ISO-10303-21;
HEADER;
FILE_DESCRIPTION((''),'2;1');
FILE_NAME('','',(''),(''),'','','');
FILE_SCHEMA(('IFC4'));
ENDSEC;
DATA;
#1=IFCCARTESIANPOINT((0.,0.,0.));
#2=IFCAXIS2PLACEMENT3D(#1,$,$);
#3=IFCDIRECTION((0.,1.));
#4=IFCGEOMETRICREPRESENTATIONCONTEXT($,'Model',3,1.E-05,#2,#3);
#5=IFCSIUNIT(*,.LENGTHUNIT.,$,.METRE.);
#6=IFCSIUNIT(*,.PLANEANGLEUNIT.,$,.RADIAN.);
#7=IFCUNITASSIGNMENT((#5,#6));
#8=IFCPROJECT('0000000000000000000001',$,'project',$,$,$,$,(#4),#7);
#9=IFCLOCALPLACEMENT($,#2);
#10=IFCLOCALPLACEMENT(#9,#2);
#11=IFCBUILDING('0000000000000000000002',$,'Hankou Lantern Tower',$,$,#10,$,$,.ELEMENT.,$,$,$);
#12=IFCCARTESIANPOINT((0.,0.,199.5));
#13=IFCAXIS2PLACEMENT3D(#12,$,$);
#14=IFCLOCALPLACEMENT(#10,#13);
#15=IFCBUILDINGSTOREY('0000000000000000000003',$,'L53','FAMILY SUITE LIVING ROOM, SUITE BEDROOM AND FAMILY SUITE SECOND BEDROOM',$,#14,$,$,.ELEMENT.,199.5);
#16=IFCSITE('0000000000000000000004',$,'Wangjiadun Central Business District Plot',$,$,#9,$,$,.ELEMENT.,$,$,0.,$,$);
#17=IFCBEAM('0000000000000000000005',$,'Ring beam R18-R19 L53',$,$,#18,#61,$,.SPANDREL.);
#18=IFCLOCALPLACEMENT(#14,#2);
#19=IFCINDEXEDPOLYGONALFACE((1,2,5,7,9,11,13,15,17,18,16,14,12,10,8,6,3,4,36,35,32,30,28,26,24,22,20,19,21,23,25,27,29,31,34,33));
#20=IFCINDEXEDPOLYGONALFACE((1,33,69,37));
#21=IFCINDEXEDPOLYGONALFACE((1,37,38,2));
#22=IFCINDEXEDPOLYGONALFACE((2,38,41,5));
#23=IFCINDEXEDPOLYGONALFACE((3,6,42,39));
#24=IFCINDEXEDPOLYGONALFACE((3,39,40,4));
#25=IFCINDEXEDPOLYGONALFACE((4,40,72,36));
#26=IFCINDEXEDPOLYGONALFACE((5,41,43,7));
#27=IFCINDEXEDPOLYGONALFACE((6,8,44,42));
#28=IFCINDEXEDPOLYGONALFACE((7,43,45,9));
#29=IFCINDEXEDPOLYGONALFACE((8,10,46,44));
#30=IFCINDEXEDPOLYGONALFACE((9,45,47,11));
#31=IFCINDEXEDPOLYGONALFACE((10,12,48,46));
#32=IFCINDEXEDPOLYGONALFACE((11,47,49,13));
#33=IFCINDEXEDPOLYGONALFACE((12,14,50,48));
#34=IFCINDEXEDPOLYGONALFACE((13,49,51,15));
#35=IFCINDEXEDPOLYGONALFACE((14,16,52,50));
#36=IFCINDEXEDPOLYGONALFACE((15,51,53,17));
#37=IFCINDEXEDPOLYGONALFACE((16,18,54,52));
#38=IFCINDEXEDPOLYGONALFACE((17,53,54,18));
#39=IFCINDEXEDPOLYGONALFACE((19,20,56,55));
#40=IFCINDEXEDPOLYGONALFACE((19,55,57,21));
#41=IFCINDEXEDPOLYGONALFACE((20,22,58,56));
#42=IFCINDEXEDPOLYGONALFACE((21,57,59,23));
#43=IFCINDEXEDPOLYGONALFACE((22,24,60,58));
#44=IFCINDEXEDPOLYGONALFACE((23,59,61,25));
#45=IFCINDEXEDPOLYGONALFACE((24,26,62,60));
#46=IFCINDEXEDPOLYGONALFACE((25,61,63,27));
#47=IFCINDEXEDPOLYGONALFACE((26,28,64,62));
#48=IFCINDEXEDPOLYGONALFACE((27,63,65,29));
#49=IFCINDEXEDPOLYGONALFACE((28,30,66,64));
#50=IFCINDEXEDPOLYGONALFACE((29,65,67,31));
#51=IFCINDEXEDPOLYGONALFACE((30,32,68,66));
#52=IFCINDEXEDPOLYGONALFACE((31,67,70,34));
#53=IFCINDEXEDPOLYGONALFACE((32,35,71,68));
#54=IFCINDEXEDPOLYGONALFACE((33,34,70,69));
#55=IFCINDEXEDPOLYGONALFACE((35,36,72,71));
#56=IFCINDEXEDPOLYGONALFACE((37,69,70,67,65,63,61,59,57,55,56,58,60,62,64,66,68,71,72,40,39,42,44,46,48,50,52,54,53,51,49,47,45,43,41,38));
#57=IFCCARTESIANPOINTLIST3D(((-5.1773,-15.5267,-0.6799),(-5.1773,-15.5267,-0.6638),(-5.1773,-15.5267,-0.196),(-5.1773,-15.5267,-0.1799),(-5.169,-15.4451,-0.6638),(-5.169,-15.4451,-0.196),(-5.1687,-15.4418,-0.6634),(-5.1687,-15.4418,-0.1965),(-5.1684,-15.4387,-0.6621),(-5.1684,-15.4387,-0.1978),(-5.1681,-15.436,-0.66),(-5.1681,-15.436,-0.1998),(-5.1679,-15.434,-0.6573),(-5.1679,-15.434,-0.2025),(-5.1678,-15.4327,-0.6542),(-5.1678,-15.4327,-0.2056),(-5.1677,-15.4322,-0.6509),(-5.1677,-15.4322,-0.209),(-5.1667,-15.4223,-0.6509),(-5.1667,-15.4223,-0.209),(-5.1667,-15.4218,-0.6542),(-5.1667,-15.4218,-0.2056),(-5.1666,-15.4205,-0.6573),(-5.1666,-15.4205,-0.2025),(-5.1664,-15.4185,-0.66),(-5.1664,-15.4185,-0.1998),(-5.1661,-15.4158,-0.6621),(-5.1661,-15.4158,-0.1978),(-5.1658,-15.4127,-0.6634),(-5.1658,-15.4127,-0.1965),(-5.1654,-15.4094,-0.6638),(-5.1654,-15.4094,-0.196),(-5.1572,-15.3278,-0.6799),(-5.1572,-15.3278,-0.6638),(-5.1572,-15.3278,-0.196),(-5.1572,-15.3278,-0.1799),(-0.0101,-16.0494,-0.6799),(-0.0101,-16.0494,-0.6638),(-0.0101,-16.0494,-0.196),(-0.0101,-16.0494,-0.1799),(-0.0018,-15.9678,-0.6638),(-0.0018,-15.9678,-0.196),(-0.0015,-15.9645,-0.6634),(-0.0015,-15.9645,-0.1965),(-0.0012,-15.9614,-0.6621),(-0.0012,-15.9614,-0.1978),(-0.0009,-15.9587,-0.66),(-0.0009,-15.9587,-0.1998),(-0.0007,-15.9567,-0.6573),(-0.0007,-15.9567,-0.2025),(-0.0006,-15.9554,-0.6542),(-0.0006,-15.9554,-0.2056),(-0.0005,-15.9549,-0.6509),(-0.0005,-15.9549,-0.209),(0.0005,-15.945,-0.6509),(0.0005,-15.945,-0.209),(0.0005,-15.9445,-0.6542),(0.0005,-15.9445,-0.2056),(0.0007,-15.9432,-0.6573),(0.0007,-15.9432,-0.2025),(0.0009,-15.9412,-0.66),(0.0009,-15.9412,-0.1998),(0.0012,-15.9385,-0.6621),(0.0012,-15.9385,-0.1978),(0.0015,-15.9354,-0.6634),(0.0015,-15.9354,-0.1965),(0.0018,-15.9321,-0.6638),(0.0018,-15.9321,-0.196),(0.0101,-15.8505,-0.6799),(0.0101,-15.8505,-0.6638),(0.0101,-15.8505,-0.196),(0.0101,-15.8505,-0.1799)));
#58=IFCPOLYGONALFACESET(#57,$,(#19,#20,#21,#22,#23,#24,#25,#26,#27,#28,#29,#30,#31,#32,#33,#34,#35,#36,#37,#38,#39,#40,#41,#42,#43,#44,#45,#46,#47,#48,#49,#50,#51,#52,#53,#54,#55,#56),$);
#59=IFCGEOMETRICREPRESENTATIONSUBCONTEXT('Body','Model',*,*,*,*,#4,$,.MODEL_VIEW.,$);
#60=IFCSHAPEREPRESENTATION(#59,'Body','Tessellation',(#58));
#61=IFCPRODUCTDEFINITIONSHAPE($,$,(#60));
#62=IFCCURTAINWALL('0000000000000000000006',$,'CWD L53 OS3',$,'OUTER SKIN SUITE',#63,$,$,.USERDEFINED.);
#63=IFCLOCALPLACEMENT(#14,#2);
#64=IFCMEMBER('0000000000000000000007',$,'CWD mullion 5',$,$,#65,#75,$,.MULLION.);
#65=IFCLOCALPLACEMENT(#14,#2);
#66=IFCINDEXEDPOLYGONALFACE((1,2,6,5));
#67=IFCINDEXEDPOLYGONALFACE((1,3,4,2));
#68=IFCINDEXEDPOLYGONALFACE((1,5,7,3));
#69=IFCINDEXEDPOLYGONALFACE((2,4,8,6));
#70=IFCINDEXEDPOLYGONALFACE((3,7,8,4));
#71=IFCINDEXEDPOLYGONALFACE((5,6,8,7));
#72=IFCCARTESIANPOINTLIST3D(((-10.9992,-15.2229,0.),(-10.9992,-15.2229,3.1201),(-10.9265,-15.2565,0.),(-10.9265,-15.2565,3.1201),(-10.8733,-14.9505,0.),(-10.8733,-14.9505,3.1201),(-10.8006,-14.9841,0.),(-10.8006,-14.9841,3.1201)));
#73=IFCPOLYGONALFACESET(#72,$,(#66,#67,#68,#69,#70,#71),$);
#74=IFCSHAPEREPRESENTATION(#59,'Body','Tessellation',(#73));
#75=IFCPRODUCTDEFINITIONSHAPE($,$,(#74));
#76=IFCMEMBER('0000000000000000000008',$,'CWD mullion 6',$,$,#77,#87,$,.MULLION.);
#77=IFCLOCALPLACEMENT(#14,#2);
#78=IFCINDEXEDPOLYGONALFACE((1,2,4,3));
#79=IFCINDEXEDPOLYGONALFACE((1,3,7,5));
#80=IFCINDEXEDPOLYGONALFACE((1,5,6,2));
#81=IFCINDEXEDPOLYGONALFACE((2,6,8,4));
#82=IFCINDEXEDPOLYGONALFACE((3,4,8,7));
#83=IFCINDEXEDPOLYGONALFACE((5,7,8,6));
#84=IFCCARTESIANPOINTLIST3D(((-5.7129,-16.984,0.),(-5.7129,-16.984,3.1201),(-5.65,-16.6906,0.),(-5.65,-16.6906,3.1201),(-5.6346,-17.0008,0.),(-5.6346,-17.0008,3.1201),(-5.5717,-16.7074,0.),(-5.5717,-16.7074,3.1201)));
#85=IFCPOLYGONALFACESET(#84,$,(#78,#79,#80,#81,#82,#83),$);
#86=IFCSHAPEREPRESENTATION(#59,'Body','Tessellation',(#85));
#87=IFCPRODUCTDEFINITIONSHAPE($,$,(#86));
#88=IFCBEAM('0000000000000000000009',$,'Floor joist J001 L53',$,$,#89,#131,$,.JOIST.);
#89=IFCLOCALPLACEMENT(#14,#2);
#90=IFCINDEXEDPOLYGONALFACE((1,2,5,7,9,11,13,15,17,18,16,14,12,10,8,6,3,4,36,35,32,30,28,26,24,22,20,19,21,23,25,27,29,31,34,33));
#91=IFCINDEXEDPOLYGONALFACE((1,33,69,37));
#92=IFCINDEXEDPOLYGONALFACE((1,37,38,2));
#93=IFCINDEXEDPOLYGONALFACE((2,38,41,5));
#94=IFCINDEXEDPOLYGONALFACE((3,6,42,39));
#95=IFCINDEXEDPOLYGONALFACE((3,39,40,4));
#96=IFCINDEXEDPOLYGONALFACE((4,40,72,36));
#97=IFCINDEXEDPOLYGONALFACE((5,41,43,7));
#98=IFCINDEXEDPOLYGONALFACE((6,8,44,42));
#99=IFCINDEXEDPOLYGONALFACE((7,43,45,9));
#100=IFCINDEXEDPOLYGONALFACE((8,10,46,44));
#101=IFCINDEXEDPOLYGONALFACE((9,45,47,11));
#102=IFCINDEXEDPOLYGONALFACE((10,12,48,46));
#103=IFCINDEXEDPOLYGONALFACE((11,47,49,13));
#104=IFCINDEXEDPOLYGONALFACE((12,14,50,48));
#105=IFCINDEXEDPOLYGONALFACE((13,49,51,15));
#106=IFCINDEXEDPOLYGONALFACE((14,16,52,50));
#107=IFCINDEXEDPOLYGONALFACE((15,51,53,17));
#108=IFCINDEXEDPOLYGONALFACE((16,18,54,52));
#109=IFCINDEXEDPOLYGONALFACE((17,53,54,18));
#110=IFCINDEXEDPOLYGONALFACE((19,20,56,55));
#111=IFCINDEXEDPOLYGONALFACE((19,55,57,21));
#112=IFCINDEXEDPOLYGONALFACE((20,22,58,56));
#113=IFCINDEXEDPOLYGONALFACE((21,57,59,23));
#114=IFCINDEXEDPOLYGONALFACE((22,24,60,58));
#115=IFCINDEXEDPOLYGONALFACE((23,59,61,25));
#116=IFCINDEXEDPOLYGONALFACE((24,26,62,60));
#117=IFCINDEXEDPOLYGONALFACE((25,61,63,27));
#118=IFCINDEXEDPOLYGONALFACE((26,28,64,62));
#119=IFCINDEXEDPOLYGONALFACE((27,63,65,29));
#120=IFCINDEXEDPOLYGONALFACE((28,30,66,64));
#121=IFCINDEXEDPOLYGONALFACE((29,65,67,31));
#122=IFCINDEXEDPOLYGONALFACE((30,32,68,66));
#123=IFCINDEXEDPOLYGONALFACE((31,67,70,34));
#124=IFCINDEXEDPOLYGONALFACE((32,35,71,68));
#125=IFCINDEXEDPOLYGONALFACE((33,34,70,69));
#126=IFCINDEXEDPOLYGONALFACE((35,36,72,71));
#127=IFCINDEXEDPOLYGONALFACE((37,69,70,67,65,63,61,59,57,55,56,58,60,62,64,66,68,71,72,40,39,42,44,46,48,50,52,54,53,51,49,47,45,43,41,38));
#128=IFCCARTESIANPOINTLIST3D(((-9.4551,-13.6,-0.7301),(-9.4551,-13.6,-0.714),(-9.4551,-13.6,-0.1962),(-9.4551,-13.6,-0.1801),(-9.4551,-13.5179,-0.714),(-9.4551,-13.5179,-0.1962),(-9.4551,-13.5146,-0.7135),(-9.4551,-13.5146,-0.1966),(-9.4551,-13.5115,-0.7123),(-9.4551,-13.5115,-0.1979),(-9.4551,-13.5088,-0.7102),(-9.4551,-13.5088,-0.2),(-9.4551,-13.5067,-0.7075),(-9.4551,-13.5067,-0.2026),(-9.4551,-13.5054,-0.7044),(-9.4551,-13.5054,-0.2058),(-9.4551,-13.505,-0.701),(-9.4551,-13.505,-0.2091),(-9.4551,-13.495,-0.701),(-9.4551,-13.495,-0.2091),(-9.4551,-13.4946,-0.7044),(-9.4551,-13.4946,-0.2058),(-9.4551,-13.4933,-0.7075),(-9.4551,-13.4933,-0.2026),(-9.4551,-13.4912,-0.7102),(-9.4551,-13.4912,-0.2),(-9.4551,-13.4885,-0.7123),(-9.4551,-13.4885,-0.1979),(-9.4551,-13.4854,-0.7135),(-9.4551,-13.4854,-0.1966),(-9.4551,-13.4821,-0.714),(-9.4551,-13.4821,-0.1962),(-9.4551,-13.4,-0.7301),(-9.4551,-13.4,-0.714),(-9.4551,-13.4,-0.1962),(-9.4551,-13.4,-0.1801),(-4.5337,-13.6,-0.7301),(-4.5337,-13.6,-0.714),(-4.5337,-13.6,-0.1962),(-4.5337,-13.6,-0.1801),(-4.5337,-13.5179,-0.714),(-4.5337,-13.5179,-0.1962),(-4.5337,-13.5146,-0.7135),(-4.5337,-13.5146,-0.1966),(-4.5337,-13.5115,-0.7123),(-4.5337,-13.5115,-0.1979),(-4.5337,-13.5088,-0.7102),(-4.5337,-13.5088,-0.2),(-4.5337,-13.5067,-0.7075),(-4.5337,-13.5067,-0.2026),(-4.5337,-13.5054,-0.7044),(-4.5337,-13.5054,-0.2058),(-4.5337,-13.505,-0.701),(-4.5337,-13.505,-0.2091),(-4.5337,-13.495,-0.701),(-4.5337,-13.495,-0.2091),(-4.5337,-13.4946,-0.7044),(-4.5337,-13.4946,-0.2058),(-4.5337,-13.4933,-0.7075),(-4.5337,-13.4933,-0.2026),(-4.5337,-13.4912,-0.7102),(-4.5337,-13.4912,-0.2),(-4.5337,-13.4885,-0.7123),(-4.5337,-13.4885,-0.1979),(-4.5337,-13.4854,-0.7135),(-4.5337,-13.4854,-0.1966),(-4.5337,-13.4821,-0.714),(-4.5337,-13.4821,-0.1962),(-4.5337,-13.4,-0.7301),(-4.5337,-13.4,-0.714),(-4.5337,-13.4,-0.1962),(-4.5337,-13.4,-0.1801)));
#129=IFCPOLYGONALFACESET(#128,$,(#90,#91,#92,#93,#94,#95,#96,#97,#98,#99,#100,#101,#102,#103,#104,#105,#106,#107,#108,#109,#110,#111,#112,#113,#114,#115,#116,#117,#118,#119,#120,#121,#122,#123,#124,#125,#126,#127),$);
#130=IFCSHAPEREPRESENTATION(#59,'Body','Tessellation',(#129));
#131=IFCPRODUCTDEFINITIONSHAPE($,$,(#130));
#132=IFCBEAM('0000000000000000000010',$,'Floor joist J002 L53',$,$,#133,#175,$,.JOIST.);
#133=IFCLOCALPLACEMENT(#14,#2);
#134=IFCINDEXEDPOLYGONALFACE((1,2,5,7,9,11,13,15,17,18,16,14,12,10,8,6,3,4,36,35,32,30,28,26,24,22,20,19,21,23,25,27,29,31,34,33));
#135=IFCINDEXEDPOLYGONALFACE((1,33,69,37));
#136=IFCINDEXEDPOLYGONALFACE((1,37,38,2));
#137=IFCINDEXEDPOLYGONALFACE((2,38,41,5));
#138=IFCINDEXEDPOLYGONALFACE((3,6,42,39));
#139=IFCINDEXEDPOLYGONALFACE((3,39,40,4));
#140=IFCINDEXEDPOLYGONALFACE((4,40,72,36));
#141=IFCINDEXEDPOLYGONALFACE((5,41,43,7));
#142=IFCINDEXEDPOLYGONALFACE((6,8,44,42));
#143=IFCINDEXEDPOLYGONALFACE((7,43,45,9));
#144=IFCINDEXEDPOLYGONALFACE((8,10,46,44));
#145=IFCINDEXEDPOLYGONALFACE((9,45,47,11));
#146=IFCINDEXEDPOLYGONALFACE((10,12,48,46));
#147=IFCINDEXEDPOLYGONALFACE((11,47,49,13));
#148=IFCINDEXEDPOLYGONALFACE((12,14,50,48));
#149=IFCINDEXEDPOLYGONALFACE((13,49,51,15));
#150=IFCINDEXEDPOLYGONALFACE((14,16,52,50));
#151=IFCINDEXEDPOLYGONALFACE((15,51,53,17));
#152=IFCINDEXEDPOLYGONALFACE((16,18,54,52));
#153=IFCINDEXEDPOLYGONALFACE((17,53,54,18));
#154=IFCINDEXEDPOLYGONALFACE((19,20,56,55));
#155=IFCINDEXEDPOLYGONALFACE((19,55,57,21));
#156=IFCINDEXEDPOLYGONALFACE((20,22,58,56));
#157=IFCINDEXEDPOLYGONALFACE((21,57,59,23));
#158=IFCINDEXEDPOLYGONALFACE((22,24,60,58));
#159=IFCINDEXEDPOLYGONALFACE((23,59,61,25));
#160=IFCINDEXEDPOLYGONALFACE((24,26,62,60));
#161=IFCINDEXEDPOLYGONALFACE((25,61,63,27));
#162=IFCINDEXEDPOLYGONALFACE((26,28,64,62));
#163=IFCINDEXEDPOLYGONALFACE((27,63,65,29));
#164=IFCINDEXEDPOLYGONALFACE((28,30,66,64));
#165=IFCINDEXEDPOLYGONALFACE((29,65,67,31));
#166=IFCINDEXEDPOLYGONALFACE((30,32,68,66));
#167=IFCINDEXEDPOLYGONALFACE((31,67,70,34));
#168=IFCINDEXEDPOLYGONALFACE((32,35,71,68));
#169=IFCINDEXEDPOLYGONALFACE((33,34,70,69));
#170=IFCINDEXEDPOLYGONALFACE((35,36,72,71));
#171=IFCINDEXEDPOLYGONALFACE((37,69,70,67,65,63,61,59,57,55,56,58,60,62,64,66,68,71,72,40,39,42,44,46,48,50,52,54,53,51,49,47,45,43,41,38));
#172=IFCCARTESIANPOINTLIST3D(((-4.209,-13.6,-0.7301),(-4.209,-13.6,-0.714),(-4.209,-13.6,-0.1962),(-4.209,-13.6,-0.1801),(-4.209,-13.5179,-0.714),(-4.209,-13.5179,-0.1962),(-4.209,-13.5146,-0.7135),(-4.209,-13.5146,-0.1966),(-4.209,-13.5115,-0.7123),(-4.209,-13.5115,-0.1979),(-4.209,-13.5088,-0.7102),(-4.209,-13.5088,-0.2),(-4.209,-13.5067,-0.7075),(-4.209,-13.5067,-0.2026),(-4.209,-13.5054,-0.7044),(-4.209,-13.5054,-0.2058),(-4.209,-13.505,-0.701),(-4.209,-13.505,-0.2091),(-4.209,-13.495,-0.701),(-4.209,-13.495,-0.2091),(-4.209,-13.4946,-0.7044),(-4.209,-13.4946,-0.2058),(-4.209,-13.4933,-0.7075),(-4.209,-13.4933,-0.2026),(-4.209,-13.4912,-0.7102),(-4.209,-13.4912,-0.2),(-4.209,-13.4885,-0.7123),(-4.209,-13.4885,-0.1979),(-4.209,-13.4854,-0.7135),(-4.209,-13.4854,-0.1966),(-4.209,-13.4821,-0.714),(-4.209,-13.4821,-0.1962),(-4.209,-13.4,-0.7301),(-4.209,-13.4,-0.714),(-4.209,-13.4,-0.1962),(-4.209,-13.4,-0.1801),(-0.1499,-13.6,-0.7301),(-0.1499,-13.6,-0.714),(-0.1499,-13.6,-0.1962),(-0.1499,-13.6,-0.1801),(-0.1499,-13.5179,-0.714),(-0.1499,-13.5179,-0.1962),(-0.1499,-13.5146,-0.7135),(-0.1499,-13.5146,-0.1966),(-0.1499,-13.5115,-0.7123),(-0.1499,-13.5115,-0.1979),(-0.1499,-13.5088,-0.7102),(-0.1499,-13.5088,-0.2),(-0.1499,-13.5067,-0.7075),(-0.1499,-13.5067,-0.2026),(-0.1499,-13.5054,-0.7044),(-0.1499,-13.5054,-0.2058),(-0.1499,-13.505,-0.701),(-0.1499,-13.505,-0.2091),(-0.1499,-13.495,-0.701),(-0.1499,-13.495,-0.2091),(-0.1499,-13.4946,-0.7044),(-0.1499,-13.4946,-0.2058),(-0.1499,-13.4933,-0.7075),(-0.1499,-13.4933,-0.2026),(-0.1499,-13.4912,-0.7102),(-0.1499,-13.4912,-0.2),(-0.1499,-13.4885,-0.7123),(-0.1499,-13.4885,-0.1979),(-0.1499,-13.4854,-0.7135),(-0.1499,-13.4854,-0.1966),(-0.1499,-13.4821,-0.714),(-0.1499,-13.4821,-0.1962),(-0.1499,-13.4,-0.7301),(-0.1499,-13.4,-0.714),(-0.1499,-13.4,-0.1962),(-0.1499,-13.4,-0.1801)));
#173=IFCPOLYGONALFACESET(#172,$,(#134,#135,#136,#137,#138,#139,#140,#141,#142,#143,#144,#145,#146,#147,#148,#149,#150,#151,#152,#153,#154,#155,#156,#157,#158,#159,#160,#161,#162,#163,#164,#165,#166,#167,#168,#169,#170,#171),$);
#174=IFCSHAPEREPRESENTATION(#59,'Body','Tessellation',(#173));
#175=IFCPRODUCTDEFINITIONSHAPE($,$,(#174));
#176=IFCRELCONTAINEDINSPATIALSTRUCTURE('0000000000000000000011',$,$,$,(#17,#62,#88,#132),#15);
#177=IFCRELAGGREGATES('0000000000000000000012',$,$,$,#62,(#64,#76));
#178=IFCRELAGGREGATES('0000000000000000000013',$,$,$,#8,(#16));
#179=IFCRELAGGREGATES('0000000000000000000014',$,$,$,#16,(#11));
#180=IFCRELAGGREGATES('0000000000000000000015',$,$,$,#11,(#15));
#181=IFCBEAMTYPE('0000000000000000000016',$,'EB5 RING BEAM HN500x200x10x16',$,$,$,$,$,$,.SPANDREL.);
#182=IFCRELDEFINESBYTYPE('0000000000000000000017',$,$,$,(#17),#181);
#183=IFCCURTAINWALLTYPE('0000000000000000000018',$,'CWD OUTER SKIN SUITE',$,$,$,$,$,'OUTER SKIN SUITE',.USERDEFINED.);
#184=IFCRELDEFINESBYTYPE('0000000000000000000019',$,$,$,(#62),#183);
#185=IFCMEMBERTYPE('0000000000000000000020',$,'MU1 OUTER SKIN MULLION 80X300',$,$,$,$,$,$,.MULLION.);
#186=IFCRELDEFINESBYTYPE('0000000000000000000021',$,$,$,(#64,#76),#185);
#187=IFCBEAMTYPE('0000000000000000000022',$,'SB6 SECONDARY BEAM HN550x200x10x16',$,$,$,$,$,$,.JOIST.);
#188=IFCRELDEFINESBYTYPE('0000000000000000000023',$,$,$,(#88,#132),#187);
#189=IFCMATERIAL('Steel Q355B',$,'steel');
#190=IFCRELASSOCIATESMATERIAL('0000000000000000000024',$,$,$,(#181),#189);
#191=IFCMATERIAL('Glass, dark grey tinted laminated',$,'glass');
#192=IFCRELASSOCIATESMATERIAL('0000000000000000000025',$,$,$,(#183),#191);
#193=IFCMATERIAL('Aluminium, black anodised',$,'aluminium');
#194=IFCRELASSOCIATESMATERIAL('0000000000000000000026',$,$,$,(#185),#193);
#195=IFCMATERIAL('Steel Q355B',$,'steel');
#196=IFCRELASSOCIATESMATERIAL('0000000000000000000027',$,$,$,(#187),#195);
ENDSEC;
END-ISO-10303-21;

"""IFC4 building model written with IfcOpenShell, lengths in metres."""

from ifc_helpers import new_model, si_unit, direction, frame, origin, origin_2d, place, context, subcontext, project, spatial, rectangle, i_section, extrude, material, material_profile, profile_set, type_object, element, aggregate, save


model = new_model("IFC4")

# Units and contexts
model_context = context("Model", 3, precision=1e-05, world=origin(), true_north=direction((0.0, 1.0)))
body_context = subcontext(model_context, "Body", "Model", "MODEL_VIEW")
ifc_project = project(units=[si_unit("LENGTHUNIT", "METRE"), si_unit("PLANEANGLEUNIT", "RADIAN")], contexts=[model_context])

# Site, building, storey
site_placement = place(None, origin())
site = spatial("IfcSite", under=ifc_project, at=site_placement, Name="Wangjiadun Central Business District Plot", CompositionType="ELEMENT", RefElevation=0.0)
building_placement = place(site_placement, origin())
building = spatial("IfcBuilding", under=site, at=building_placement, Name="Hankou Lantern Tower", CompositionType="ELEMENT")
storey_placement = place(building_placement, frame((0.0, 0.0, 199.5)))
storey = spatial("IfcBuildingStorey", under=building, at=storey_placement, Name="L53", Description="FAMILY SUITE LIVING ROOM, SUITE BEDROOM AND FAMILY SUITE SECOND BEDROOM", CompositionType="ELEMENT", Elevation=199.5)

# Beam
ifc_material_1 = material(Name="Steel Q355B", Category="steel")
ifc_material_profile_1 = material_profile(ifc_material_1, i_section(OverallWidth=0.2, OverallDepth=0.5, WebThickness=0.01, FlangeThickness=0.0161, FilletRadius=0.0129, at=origin_2d()), Name="HN500x200x10x16")
ifc_profile_set_1 = profile_set([ifc_material_profile_1], Name="Steel Q355B")
beam_type_1 = type_object("IfcBeamType", Name="EB5 RING BEAM HN500x200x10x16", PredefinedType="SPANDREL", material=ifc_profile_set_1)
beam_1_placement = place(storey_placement, frame((-5.1672, -15.4272, -0.4299), z_axis=(0.994923, -0.100644, 0.0), x_axis=(0.100644, 0.994923, 0.0)))
element("IfcBeam", 1, at=beam_1_placement, inside=storey, type_object=beam_type_1, Name="Ring beam R18-R19 L53", PredefinedType="SPANDREL", context=body_context, shape_type="SweptSolid", body=[
    extrude(i_section(OverallWidth=0.2, OverallDepth=0.5, WebThickness=0.01, FlangeThickness=0.0161, FilletRadius=0.0129, at=origin_2d()), origin(), (0.0, 0.0, 1.0), 5.1936),
])

# Curtain wall, members
ifc_material_2 = material(Name="Glass, dark grey tinted laminated", Category="glass")
curtain_wall_type = type_object("IfcCurtainWallType", Name="CWD OUTER SKIN SUITE", ElementType="OUTER SKIN SUITE", PredefinedType="USERDEFINED", material=ifc_material_2)
curtain_wall_placement = place(storey_placement, origin())
curtain_wall = element("IfcCurtainWall", 2, at=curtain_wall_placement, inside=storey, type_object=curtain_wall_type, Name="CWD L53 OS3", ObjectType="OUTER SKIN SUITE", PredefinedType="USERDEFINED")
ifc_material_3 = material(Name="Aluminium, black anodised", Category="aluminium")
ifc_material_profile_2 = material_profile(ifc_material_3, rectangle(XDim=0.0801, YDim=0.3, at=origin_2d()), Name="MU1 80X300")
ifc_profile_set_2 = profile_set([ifc_material_profile_2], Name="Aluminium, black anodised")
member_type_1 = type_object("IfcMemberType", Name="MU1 OUTER SKIN MULLION 80X300", PredefinedType="MULLION", material=ifc_profile_set_2)
member_1_placement = place(storey_placement, frame((-10.8999, -15.1035, 0.0), z_axis=(0.0, 0.0, 1.0), x_axis=(0.907841, -0.419314, 0.0)))
member_1 = element("IfcMember", 3, at=member_1_placement, type_object=member_type_1, Name="CWD mullion 5", PredefinedType="MULLION", context=body_context, shape_type="SweptSolid", body=[
    extrude(rectangle(XDim=0.0801, YDim=0.3, at=origin_2d()), origin(), (0.0, 0.0, 1.0), 3.1201),
])
member_2_placement = place(storey_placement, frame((-5.6423, -16.8457, 0.0), z_axis=(0.0, 0.0, 1.0), x_axis=(0.977788, -0.209598, 0.0)))
member_2 = element("IfcMember", 4, at=member_2_placement, type_object=member_type_1, Name="CWD mullion 6", PredefinedType="MULLION", context=body_context, shape_type="SweptSolid", body=[
    extrude(rectangle(XDim=0.0801, YDim=0.3, at=origin_2d()), origin(), (0.0, 0.0, 1.0), 3.1201),
])

# Beams
ifc_material_4 = material(Name="Steel Q355B", Category="steel")
ifc_material_profile_3 = material_profile(ifc_material_4, i_section(OverallWidth=0.2, OverallDepth=0.55, WebThickness=0.01, FlangeThickness=0.0161, FilletRadius=0.0129, at=origin_2d()), Name="HN550x200x10x16")
ifc_profile_set_3 = profile_set([ifc_material_profile_3], Name="Steel Q355B")
beam_type_2 = type_object("IfcBeamType", Name="SB6 SECONDARY BEAM HN550x200x10x16", PredefinedType="JOIST", material=ifc_profile_set_3)
beam_2_placement = place(storey_placement, frame((-9.4551, -13.5, -0.4551), z_axis=(1.0, 0.0, 0.0), x_axis=(0.0, 1.0, 0.0)))
element("IfcBeam", 5, at=beam_2_placement, inside=storey, type_object=beam_type_2, Name="Floor joist J001 L53", PredefinedType="JOIST", context=body_context, shape_type="SweptSolid", body=[
    extrude(i_section(OverallWidth=0.2, OverallDepth=0.55, WebThickness=0.01, FlangeThickness=0.0161, FilletRadius=0.0129, at=origin_2d()), origin(), (0.0, 0.0, 1.0), 4.9214),
])
beam_3_placement = place(storey_placement, frame((-4.209, -13.5, -0.4551), z_axis=(1.0, 0.0, 0.0), x_axis=(0.0, 1.0, 0.0)))
element("IfcBeam", 6, at=beam_3_placement, inside=storey, type_object=beam_type_2, Name="Floor joist J002 L53", PredefinedType="JOIST", context=body_context, shape_type="SweptSolid", body=[
    extrude(i_section(OverallWidth=0.2, OverallDepth=0.55, WebThickness=0.01, FlangeThickness=0.0161, FilletRadius=0.0129, at=origin_2d()), origin(), (0.0, 0.0, 1.0), 4.0591),
])

aggregate(curtain_wall, [member_1, member_2])

save(model, "model.ifc")
